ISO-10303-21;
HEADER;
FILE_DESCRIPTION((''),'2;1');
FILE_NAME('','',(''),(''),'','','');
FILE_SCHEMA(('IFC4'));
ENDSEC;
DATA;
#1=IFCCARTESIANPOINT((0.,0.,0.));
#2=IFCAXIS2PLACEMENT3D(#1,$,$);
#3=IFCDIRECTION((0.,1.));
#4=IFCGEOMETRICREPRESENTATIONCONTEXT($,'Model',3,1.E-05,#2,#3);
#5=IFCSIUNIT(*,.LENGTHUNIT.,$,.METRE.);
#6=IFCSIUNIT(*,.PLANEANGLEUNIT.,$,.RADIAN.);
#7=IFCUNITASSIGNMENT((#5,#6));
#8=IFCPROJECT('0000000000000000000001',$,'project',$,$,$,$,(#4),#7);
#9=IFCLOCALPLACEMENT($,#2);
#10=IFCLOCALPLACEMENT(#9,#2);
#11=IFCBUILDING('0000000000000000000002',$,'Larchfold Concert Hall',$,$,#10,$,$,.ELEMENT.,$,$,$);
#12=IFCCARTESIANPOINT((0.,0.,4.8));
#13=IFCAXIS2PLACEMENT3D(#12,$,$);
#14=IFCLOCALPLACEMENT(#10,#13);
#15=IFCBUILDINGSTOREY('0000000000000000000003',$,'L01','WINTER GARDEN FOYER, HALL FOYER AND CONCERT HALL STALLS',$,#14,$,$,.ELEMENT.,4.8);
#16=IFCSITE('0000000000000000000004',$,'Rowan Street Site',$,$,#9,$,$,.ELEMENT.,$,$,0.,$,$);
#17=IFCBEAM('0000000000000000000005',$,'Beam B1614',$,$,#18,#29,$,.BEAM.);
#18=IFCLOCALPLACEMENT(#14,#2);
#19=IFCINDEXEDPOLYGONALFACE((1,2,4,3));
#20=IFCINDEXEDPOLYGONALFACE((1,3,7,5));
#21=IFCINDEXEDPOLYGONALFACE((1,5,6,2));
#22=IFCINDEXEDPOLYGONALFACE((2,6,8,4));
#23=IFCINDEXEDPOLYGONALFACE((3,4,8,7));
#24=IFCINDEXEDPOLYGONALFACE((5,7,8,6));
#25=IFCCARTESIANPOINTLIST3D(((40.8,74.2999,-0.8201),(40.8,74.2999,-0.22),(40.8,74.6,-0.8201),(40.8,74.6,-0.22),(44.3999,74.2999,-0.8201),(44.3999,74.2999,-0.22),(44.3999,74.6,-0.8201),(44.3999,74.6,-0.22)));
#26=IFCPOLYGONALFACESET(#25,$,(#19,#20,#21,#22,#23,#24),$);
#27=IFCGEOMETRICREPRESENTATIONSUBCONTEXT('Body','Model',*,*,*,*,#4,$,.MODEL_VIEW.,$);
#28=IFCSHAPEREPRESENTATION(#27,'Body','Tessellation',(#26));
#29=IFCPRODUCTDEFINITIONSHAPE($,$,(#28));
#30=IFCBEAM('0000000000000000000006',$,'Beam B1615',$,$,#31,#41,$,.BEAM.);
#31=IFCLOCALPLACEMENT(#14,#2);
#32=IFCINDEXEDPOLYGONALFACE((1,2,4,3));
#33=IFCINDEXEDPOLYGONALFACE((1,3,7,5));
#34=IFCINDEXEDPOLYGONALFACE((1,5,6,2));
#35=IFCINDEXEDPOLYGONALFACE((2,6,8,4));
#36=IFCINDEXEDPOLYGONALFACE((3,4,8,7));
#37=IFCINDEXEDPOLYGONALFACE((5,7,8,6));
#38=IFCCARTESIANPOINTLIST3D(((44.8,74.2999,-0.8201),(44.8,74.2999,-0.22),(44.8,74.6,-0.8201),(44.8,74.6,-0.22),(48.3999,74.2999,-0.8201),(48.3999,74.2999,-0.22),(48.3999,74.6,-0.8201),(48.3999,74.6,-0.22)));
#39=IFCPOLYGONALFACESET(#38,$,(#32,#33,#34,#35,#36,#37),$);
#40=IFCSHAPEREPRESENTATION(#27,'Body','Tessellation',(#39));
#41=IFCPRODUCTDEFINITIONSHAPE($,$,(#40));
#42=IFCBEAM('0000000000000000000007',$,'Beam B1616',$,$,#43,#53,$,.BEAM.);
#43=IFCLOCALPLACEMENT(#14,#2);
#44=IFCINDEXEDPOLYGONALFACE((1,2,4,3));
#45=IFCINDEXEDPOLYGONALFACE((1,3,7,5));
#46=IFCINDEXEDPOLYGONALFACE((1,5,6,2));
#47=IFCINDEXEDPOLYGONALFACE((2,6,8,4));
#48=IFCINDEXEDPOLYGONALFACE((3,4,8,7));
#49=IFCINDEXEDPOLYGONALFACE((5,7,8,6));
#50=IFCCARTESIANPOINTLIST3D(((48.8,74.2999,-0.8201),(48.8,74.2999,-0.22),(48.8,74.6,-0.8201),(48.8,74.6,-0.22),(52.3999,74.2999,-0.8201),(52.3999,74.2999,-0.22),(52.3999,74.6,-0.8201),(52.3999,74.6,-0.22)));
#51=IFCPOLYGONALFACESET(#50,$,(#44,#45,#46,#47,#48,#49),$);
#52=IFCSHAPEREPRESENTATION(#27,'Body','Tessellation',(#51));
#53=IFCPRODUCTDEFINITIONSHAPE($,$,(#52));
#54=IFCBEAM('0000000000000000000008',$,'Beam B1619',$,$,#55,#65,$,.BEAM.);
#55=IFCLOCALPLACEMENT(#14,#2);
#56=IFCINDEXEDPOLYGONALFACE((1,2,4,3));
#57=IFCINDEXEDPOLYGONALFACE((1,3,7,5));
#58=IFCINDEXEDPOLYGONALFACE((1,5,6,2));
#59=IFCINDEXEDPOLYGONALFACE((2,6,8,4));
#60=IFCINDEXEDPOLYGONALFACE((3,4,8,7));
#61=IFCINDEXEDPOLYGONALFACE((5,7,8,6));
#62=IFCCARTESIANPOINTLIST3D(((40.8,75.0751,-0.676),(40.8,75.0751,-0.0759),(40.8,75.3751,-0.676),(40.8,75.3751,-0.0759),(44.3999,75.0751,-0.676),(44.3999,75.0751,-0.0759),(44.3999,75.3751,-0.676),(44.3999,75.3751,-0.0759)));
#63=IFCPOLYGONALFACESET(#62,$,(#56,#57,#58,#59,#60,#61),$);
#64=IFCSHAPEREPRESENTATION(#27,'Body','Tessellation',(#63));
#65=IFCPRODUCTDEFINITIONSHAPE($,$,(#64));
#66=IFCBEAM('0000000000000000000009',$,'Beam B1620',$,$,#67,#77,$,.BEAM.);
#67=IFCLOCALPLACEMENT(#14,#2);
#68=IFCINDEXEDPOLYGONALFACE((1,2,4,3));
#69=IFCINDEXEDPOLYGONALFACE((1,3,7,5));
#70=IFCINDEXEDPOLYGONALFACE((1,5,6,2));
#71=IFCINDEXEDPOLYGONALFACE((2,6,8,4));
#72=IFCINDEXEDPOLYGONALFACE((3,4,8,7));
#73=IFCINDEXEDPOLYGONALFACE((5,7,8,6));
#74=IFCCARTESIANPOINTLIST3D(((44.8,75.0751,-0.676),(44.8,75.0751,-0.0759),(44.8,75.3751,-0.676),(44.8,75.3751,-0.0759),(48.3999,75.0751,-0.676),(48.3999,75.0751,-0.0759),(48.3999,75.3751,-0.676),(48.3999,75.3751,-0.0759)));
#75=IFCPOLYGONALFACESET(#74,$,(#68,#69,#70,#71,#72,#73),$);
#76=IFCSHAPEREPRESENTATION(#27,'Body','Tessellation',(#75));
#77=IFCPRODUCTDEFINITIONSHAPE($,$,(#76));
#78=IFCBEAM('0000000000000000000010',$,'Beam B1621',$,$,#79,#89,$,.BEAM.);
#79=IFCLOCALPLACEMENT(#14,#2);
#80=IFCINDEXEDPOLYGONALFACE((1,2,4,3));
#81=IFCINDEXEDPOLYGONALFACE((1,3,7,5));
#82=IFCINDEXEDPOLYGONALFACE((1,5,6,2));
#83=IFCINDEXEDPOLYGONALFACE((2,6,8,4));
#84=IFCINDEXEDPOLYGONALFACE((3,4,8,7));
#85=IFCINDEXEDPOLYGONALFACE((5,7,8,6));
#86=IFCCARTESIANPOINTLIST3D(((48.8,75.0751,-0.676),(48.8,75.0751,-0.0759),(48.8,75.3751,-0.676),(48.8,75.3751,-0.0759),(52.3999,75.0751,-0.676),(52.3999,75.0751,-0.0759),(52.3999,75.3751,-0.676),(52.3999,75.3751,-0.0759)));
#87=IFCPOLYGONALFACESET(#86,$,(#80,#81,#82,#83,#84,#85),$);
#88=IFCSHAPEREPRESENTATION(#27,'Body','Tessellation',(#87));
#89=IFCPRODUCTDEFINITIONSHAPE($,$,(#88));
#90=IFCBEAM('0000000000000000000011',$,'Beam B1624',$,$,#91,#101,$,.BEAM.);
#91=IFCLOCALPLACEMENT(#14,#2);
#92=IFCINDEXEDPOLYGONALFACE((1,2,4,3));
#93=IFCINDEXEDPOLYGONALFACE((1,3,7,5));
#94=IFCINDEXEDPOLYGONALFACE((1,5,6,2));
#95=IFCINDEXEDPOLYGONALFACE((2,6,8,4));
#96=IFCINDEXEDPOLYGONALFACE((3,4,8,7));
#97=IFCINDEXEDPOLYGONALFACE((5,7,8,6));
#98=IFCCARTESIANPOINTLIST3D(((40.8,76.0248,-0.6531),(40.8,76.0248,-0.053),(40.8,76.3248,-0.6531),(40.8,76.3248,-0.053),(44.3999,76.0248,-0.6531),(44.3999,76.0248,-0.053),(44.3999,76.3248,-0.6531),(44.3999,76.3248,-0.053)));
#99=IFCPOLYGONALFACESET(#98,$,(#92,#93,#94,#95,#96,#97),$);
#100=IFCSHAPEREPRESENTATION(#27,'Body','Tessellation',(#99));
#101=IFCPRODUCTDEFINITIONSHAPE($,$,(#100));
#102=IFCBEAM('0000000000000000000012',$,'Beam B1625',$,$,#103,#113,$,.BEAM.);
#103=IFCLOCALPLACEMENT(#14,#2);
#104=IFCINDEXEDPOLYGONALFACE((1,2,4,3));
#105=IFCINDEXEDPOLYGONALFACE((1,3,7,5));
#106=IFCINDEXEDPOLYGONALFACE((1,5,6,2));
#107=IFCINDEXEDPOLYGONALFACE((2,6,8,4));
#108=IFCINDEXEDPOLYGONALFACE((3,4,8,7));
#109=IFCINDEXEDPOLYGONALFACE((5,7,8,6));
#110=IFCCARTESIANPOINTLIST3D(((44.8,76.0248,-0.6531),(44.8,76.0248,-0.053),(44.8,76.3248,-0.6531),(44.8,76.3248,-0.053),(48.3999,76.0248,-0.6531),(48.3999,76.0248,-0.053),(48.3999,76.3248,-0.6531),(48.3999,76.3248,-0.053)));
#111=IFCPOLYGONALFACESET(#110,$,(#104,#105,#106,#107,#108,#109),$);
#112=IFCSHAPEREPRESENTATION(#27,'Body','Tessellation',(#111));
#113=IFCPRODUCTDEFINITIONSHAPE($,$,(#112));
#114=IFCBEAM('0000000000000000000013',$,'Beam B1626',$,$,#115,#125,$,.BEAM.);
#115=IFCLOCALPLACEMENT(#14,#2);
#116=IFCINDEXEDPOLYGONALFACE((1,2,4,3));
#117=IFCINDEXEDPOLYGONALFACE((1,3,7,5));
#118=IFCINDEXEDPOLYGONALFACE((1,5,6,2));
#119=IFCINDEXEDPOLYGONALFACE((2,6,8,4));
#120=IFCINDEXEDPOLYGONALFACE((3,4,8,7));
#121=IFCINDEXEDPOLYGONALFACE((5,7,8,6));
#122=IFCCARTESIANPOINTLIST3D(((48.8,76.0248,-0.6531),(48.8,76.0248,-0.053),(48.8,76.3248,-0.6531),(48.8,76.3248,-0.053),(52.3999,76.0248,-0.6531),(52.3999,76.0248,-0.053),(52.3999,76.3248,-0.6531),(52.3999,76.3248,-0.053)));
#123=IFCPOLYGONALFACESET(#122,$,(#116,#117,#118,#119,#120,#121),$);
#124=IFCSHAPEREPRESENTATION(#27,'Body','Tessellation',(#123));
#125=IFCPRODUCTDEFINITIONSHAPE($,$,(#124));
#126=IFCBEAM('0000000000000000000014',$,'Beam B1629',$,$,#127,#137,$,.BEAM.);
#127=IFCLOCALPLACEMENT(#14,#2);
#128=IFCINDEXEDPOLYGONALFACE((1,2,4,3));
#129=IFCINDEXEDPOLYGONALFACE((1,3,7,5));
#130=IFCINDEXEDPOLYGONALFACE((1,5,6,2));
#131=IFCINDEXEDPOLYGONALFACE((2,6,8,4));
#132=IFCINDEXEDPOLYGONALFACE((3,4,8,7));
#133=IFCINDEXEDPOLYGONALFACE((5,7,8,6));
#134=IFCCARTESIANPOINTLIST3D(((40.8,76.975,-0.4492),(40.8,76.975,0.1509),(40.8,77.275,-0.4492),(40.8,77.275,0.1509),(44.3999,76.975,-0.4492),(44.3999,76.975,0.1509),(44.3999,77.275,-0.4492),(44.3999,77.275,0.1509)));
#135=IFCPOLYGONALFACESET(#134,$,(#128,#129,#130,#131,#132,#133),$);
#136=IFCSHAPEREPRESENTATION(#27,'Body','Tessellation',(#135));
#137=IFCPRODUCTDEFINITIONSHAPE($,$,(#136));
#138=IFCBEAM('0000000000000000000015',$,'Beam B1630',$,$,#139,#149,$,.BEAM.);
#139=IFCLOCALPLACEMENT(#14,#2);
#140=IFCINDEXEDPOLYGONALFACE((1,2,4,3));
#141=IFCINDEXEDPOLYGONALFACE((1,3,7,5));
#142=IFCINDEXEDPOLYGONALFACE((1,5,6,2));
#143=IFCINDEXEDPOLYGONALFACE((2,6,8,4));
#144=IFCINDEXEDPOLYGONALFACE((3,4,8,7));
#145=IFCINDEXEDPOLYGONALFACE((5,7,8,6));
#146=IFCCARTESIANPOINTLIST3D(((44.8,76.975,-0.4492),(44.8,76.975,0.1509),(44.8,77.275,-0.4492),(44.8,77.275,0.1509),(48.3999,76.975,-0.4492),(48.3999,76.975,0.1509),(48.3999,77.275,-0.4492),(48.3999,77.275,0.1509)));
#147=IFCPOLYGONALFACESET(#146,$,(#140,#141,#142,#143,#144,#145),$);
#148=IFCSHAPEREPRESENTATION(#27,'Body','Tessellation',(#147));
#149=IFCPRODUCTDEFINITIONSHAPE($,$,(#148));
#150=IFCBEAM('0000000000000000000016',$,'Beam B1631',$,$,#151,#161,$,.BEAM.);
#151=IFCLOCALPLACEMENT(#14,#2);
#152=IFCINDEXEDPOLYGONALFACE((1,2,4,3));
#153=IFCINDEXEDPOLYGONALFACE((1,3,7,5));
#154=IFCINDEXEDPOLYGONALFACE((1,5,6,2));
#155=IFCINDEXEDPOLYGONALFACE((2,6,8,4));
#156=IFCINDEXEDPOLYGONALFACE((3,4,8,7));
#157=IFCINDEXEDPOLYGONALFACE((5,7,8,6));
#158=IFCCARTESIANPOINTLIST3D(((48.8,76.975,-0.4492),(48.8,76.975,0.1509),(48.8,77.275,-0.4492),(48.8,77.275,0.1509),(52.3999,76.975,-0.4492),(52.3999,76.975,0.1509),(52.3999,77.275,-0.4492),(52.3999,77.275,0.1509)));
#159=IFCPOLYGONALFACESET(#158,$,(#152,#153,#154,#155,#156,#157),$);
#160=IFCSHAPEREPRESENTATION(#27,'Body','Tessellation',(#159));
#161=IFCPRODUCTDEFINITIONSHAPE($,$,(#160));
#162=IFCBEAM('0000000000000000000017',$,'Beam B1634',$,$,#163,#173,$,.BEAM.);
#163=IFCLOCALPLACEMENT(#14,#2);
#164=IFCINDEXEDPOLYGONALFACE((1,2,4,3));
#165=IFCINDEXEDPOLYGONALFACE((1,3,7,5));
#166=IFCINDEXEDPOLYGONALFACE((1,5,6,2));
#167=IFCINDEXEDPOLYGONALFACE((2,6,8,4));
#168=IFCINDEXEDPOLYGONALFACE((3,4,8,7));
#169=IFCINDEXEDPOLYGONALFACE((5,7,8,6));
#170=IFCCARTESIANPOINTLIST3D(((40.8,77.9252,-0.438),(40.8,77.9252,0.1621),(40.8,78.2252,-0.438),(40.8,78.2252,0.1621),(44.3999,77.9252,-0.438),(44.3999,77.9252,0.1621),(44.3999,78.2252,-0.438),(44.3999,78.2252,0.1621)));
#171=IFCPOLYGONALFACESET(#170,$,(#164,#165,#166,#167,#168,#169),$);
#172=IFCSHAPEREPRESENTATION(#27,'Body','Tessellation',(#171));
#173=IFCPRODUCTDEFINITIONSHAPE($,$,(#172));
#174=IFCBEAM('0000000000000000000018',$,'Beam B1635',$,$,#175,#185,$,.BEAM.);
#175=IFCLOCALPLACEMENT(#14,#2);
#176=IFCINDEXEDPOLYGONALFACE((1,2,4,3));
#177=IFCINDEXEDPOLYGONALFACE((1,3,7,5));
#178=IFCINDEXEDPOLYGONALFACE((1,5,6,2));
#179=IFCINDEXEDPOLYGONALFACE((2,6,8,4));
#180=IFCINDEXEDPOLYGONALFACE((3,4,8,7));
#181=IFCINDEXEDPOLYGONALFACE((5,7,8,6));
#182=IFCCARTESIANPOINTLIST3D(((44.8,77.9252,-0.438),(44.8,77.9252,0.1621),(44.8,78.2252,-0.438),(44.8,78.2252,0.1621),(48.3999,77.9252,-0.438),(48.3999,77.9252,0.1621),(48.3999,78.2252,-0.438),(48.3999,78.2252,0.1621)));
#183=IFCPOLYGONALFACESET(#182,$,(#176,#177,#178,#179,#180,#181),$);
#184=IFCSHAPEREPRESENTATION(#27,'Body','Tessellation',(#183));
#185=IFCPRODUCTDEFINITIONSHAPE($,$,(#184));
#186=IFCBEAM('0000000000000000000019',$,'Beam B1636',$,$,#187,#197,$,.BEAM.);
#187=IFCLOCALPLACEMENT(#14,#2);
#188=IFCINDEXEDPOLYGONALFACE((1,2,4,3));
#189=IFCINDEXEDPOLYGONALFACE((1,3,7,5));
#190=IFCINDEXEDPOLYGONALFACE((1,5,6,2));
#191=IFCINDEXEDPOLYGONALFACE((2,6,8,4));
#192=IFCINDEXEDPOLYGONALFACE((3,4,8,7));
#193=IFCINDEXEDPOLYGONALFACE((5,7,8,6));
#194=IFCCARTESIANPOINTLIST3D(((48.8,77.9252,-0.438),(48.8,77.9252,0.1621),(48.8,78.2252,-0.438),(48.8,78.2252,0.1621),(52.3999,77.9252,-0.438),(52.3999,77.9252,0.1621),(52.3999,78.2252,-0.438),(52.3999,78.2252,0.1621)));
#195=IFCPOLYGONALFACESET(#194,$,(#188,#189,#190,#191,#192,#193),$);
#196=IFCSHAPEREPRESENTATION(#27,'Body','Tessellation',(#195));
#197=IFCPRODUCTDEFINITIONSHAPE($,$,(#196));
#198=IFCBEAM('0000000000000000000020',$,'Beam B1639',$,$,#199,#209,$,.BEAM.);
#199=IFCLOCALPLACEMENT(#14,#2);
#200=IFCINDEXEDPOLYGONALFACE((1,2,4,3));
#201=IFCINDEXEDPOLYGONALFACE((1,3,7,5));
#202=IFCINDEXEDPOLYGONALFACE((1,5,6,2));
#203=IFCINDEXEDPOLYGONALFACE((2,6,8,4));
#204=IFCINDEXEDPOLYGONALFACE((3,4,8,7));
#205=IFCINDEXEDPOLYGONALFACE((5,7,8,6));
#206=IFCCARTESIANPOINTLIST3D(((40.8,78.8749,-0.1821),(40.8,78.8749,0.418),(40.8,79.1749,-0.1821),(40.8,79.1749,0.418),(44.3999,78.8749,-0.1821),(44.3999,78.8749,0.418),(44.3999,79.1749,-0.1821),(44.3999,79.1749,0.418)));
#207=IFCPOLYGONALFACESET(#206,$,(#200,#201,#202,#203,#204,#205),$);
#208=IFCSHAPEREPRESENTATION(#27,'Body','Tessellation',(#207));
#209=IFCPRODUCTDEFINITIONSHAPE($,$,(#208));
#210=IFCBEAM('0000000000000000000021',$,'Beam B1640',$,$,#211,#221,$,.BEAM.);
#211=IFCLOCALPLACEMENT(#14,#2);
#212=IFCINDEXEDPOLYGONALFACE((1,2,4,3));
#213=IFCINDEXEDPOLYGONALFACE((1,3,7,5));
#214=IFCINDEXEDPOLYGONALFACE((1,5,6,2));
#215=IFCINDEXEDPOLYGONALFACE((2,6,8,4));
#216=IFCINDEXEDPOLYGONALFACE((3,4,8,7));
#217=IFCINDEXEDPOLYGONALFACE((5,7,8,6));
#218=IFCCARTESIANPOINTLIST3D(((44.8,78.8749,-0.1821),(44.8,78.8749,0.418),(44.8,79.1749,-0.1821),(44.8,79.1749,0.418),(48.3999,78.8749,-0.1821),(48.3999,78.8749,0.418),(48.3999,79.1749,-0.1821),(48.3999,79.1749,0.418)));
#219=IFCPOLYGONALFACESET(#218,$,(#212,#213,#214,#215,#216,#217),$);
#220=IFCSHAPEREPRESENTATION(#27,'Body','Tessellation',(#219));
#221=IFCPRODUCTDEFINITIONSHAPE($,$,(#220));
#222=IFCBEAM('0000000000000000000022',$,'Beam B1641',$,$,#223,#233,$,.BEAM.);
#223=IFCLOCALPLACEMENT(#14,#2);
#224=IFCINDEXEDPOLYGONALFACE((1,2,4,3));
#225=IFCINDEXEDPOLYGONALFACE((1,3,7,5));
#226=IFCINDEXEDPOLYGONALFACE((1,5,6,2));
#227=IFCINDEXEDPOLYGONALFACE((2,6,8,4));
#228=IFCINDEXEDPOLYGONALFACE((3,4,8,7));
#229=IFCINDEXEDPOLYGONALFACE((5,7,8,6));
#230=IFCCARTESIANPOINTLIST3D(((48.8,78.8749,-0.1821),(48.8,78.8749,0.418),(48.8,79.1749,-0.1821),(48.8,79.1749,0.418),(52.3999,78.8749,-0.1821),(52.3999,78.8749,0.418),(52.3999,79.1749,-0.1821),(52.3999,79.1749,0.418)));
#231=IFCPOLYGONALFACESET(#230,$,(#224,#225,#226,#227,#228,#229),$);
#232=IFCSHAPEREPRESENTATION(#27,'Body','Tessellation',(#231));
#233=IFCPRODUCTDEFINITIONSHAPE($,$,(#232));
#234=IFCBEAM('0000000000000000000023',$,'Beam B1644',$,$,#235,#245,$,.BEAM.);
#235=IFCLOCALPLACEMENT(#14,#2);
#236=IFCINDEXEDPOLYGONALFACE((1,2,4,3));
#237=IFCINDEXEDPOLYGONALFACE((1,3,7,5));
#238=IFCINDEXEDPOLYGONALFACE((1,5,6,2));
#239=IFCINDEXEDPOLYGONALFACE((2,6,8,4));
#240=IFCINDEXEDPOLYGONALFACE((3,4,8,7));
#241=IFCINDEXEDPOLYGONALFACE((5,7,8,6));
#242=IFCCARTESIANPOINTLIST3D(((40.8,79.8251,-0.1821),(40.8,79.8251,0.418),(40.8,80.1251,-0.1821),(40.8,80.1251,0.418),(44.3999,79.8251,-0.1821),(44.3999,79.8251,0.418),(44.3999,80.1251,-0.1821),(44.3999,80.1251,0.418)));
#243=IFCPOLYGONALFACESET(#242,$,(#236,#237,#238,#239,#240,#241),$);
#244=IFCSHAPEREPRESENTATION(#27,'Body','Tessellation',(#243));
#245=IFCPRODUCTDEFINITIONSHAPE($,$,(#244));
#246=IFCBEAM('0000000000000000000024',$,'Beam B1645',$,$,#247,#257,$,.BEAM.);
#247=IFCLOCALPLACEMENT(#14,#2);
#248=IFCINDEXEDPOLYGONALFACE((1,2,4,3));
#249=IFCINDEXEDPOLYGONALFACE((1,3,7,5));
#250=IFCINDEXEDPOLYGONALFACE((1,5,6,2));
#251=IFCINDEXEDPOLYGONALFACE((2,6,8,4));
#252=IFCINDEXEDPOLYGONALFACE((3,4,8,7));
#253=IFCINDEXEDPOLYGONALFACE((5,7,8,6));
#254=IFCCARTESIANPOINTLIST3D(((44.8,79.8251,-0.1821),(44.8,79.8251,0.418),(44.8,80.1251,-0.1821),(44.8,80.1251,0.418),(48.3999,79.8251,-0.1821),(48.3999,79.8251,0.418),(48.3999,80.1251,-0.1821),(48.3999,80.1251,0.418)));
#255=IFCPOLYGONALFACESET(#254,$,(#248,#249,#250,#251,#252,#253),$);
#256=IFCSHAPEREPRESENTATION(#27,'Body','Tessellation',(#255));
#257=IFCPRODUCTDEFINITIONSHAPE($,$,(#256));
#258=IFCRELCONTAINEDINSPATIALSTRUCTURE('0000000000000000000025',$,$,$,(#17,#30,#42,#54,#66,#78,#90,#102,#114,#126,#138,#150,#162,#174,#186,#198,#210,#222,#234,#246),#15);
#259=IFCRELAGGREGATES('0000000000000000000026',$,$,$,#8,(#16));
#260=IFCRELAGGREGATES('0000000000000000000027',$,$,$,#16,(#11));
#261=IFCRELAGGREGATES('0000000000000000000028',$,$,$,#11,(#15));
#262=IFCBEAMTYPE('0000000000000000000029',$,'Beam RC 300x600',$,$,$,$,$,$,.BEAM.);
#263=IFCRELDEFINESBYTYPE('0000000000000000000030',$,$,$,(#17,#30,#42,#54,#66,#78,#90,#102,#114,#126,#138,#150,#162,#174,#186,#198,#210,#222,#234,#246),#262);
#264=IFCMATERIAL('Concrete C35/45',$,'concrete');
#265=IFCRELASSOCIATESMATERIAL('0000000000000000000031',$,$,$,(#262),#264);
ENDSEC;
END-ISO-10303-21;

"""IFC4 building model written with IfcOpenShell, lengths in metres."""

from ifc_helpers import new_model, si_unit, direction, frame, origin, origin_2d, place, context, subcontext, project, spatial, rectangle, extrude, material, material_profile, profile_set, type_object, element, save


model = new_model("IFC4")

# Units and contexts
model_context = context("Model", 3, precision=1e-05, world=origin(), true_north=direction((0.0, 1.0)))
body_context = subcontext(model_context, "Body", "Model", "MODEL_VIEW")
ifc_project = project(units=[si_unit("LENGTHUNIT", "METRE"), si_unit("PLANEANGLEUNIT", "RADIAN")], contexts=[model_context])

# Site, building, storey
site_placement = place(None, origin())
site = spatial("IfcSite", under=ifc_project, at=site_placement, Name="Rowan Street Site", CompositionType="ELEMENT", RefElevation=0.0)
building_placement = place(site_placement, origin())
building = spatial("IfcBuilding", under=site, at=building_placement, Name="Larchfold Concert Hall", CompositionType="ELEMENT")
storey_placement = place(building_placement, frame((0.0, 0.0, 4.8)))
storey = spatial("IfcBuildingStorey", under=building, at=storey_placement, Name="L01", Description="WINTER GARDEN FOYER, HALL FOYER AND CONCERT HALL STALLS", CompositionType="ELEMENT", Elevation=4.8)

# Beams
ifc_material_1 = material(Name="Concrete C35/45", Category="concrete")
ifc_material_profile_1 = material_profile(ifc_material_1, rectangle(XDim=0.3, YDim=0.6001, at=origin_2d()))
ifc_profile_set_1 = profile_set([ifc_material_profile_1], Name="Concrete C35/45")
beam_type_1 = type_object("IfcBeamType", Name="Beam RC 300x600", PredefinedType="BEAM", material=ifc_profile_set_1)
for number, where, z_axis, x_axis, name in (
    (1, (40.8, 74.45, -0.52), (1.0, 0.0, 0.0), (0.0, 1.0, 0.0), "Beam B1614"),
    (2, (44.8, 74.45, -0.52), (1.0, 0.0, 0.0), (0.0, 1.0, 0.0), "Beam B1615"),
    (3, (48.8, 74.45, -0.52), (1.0, 0.0, 0.0), (0.0, 1.0, 0.0), "Beam B1616"),
    (4, (40.8, 75.2251, -0.376), (1.0, 0.0, 0.0), (0.0, 1.0, 0.0), "Beam B1619"),
    (5, (44.8, 75.2251, -0.376), (1.0, 0.0, 0.0), (0.0, 1.0, 0.0), "Beam B1620"),
    (6, (48.8, 75.2251, -0.376), (1.0, 0.0, 0.0), (0.0, 1.0, 0.0), "Beam B1621"),
    (7, (40.8, 76.1748, -0.353), (1.0, 0.0, 0.0), (0.0, 1.0, 0.0), "Beam B1624"),
    (8, (44.8, 76.1748, -0.353), (1.0, 0.0, 0.0), (0.0, 1.0, 0.0), "Beam B1625"),
    (9, (48.8, 76.1748, -0.353), (1.0, 0.0, 0.0), (0.0, 1.0, 0.0), "Beam B1626"),
    (10, (40.8, 77.125, -0.1492), (1.0, 0.0, 0.0), (0.0, 1.0, 0.0), "Beam B1629"),
    (11, (44.8, 77.125, -0.1492), (1.0, 0.0, 0.0), (0.0, 1.0, 0.0), "Beam B1630"),
    (12, (48.8, 77.125, -0.1492), (1.0, 0.0, 0.0), (0.0, 1.0, 0.0), "Beam B1631"),
    (13, (40.8, 78.0752, -0.1379), (1.0, 0.0, 0.0), (0.0, 1.0, 0.0), "Beam B1634"),
    (14, (44.8, 78.0752, -0.1379), (1.0, 0.0, 0.0), (0.0, 1.0, 0.0), "Beam B1635"),
    (15, (48.8, 78.0752, -0.1379), (1.0, 0.0, 0.0), (0.0, 1.0, 0.0), "Beam B1636"),
    (16, (40.8, 79.0249, 0.1179), (1.0, 0.0, 0.0), (0.0, 1.0, 0.0), "Beam B1639"),
    (17, (44.8, 79.0249, 0.1179), (1.0, 0.0, 0.0), (0.0, 1.0, 0.0), "Beam B1640"),
    (18, (48.8, 79.0249, 0.1179), (1.0, 0.0, 0.0), (0.0, 1.0, 0.0), "Beam B1641"),
    (19, (40.8, 79.9751, 0.1179), (1.0, 0.0, 0.0), (0.0, 1.0, 0.0), "Beam B1644"),
    (20, (44.8, 79.9751, 0.1179), (1.0, 0.0, 0.0), (0.0, 1.0, 0.0), "Beam B1645"),
):
    element("IfcBeam", number, at=place(storey_placement, frame(where, z_axis=z_axis, x_axis=x_axis)), inside=storey, type_object=beam_type_1, Name=name, PredefinedType="BEAM", context=body_context, shape_type="SweptSolid", body=[
        extrude(rectangle(XDim=0.3, YDim=0.6001, at=origin_2d()), origin(), (0.0, 0.0, 1.0), 3.5999),
    ])

save(model, "model.ifc")
